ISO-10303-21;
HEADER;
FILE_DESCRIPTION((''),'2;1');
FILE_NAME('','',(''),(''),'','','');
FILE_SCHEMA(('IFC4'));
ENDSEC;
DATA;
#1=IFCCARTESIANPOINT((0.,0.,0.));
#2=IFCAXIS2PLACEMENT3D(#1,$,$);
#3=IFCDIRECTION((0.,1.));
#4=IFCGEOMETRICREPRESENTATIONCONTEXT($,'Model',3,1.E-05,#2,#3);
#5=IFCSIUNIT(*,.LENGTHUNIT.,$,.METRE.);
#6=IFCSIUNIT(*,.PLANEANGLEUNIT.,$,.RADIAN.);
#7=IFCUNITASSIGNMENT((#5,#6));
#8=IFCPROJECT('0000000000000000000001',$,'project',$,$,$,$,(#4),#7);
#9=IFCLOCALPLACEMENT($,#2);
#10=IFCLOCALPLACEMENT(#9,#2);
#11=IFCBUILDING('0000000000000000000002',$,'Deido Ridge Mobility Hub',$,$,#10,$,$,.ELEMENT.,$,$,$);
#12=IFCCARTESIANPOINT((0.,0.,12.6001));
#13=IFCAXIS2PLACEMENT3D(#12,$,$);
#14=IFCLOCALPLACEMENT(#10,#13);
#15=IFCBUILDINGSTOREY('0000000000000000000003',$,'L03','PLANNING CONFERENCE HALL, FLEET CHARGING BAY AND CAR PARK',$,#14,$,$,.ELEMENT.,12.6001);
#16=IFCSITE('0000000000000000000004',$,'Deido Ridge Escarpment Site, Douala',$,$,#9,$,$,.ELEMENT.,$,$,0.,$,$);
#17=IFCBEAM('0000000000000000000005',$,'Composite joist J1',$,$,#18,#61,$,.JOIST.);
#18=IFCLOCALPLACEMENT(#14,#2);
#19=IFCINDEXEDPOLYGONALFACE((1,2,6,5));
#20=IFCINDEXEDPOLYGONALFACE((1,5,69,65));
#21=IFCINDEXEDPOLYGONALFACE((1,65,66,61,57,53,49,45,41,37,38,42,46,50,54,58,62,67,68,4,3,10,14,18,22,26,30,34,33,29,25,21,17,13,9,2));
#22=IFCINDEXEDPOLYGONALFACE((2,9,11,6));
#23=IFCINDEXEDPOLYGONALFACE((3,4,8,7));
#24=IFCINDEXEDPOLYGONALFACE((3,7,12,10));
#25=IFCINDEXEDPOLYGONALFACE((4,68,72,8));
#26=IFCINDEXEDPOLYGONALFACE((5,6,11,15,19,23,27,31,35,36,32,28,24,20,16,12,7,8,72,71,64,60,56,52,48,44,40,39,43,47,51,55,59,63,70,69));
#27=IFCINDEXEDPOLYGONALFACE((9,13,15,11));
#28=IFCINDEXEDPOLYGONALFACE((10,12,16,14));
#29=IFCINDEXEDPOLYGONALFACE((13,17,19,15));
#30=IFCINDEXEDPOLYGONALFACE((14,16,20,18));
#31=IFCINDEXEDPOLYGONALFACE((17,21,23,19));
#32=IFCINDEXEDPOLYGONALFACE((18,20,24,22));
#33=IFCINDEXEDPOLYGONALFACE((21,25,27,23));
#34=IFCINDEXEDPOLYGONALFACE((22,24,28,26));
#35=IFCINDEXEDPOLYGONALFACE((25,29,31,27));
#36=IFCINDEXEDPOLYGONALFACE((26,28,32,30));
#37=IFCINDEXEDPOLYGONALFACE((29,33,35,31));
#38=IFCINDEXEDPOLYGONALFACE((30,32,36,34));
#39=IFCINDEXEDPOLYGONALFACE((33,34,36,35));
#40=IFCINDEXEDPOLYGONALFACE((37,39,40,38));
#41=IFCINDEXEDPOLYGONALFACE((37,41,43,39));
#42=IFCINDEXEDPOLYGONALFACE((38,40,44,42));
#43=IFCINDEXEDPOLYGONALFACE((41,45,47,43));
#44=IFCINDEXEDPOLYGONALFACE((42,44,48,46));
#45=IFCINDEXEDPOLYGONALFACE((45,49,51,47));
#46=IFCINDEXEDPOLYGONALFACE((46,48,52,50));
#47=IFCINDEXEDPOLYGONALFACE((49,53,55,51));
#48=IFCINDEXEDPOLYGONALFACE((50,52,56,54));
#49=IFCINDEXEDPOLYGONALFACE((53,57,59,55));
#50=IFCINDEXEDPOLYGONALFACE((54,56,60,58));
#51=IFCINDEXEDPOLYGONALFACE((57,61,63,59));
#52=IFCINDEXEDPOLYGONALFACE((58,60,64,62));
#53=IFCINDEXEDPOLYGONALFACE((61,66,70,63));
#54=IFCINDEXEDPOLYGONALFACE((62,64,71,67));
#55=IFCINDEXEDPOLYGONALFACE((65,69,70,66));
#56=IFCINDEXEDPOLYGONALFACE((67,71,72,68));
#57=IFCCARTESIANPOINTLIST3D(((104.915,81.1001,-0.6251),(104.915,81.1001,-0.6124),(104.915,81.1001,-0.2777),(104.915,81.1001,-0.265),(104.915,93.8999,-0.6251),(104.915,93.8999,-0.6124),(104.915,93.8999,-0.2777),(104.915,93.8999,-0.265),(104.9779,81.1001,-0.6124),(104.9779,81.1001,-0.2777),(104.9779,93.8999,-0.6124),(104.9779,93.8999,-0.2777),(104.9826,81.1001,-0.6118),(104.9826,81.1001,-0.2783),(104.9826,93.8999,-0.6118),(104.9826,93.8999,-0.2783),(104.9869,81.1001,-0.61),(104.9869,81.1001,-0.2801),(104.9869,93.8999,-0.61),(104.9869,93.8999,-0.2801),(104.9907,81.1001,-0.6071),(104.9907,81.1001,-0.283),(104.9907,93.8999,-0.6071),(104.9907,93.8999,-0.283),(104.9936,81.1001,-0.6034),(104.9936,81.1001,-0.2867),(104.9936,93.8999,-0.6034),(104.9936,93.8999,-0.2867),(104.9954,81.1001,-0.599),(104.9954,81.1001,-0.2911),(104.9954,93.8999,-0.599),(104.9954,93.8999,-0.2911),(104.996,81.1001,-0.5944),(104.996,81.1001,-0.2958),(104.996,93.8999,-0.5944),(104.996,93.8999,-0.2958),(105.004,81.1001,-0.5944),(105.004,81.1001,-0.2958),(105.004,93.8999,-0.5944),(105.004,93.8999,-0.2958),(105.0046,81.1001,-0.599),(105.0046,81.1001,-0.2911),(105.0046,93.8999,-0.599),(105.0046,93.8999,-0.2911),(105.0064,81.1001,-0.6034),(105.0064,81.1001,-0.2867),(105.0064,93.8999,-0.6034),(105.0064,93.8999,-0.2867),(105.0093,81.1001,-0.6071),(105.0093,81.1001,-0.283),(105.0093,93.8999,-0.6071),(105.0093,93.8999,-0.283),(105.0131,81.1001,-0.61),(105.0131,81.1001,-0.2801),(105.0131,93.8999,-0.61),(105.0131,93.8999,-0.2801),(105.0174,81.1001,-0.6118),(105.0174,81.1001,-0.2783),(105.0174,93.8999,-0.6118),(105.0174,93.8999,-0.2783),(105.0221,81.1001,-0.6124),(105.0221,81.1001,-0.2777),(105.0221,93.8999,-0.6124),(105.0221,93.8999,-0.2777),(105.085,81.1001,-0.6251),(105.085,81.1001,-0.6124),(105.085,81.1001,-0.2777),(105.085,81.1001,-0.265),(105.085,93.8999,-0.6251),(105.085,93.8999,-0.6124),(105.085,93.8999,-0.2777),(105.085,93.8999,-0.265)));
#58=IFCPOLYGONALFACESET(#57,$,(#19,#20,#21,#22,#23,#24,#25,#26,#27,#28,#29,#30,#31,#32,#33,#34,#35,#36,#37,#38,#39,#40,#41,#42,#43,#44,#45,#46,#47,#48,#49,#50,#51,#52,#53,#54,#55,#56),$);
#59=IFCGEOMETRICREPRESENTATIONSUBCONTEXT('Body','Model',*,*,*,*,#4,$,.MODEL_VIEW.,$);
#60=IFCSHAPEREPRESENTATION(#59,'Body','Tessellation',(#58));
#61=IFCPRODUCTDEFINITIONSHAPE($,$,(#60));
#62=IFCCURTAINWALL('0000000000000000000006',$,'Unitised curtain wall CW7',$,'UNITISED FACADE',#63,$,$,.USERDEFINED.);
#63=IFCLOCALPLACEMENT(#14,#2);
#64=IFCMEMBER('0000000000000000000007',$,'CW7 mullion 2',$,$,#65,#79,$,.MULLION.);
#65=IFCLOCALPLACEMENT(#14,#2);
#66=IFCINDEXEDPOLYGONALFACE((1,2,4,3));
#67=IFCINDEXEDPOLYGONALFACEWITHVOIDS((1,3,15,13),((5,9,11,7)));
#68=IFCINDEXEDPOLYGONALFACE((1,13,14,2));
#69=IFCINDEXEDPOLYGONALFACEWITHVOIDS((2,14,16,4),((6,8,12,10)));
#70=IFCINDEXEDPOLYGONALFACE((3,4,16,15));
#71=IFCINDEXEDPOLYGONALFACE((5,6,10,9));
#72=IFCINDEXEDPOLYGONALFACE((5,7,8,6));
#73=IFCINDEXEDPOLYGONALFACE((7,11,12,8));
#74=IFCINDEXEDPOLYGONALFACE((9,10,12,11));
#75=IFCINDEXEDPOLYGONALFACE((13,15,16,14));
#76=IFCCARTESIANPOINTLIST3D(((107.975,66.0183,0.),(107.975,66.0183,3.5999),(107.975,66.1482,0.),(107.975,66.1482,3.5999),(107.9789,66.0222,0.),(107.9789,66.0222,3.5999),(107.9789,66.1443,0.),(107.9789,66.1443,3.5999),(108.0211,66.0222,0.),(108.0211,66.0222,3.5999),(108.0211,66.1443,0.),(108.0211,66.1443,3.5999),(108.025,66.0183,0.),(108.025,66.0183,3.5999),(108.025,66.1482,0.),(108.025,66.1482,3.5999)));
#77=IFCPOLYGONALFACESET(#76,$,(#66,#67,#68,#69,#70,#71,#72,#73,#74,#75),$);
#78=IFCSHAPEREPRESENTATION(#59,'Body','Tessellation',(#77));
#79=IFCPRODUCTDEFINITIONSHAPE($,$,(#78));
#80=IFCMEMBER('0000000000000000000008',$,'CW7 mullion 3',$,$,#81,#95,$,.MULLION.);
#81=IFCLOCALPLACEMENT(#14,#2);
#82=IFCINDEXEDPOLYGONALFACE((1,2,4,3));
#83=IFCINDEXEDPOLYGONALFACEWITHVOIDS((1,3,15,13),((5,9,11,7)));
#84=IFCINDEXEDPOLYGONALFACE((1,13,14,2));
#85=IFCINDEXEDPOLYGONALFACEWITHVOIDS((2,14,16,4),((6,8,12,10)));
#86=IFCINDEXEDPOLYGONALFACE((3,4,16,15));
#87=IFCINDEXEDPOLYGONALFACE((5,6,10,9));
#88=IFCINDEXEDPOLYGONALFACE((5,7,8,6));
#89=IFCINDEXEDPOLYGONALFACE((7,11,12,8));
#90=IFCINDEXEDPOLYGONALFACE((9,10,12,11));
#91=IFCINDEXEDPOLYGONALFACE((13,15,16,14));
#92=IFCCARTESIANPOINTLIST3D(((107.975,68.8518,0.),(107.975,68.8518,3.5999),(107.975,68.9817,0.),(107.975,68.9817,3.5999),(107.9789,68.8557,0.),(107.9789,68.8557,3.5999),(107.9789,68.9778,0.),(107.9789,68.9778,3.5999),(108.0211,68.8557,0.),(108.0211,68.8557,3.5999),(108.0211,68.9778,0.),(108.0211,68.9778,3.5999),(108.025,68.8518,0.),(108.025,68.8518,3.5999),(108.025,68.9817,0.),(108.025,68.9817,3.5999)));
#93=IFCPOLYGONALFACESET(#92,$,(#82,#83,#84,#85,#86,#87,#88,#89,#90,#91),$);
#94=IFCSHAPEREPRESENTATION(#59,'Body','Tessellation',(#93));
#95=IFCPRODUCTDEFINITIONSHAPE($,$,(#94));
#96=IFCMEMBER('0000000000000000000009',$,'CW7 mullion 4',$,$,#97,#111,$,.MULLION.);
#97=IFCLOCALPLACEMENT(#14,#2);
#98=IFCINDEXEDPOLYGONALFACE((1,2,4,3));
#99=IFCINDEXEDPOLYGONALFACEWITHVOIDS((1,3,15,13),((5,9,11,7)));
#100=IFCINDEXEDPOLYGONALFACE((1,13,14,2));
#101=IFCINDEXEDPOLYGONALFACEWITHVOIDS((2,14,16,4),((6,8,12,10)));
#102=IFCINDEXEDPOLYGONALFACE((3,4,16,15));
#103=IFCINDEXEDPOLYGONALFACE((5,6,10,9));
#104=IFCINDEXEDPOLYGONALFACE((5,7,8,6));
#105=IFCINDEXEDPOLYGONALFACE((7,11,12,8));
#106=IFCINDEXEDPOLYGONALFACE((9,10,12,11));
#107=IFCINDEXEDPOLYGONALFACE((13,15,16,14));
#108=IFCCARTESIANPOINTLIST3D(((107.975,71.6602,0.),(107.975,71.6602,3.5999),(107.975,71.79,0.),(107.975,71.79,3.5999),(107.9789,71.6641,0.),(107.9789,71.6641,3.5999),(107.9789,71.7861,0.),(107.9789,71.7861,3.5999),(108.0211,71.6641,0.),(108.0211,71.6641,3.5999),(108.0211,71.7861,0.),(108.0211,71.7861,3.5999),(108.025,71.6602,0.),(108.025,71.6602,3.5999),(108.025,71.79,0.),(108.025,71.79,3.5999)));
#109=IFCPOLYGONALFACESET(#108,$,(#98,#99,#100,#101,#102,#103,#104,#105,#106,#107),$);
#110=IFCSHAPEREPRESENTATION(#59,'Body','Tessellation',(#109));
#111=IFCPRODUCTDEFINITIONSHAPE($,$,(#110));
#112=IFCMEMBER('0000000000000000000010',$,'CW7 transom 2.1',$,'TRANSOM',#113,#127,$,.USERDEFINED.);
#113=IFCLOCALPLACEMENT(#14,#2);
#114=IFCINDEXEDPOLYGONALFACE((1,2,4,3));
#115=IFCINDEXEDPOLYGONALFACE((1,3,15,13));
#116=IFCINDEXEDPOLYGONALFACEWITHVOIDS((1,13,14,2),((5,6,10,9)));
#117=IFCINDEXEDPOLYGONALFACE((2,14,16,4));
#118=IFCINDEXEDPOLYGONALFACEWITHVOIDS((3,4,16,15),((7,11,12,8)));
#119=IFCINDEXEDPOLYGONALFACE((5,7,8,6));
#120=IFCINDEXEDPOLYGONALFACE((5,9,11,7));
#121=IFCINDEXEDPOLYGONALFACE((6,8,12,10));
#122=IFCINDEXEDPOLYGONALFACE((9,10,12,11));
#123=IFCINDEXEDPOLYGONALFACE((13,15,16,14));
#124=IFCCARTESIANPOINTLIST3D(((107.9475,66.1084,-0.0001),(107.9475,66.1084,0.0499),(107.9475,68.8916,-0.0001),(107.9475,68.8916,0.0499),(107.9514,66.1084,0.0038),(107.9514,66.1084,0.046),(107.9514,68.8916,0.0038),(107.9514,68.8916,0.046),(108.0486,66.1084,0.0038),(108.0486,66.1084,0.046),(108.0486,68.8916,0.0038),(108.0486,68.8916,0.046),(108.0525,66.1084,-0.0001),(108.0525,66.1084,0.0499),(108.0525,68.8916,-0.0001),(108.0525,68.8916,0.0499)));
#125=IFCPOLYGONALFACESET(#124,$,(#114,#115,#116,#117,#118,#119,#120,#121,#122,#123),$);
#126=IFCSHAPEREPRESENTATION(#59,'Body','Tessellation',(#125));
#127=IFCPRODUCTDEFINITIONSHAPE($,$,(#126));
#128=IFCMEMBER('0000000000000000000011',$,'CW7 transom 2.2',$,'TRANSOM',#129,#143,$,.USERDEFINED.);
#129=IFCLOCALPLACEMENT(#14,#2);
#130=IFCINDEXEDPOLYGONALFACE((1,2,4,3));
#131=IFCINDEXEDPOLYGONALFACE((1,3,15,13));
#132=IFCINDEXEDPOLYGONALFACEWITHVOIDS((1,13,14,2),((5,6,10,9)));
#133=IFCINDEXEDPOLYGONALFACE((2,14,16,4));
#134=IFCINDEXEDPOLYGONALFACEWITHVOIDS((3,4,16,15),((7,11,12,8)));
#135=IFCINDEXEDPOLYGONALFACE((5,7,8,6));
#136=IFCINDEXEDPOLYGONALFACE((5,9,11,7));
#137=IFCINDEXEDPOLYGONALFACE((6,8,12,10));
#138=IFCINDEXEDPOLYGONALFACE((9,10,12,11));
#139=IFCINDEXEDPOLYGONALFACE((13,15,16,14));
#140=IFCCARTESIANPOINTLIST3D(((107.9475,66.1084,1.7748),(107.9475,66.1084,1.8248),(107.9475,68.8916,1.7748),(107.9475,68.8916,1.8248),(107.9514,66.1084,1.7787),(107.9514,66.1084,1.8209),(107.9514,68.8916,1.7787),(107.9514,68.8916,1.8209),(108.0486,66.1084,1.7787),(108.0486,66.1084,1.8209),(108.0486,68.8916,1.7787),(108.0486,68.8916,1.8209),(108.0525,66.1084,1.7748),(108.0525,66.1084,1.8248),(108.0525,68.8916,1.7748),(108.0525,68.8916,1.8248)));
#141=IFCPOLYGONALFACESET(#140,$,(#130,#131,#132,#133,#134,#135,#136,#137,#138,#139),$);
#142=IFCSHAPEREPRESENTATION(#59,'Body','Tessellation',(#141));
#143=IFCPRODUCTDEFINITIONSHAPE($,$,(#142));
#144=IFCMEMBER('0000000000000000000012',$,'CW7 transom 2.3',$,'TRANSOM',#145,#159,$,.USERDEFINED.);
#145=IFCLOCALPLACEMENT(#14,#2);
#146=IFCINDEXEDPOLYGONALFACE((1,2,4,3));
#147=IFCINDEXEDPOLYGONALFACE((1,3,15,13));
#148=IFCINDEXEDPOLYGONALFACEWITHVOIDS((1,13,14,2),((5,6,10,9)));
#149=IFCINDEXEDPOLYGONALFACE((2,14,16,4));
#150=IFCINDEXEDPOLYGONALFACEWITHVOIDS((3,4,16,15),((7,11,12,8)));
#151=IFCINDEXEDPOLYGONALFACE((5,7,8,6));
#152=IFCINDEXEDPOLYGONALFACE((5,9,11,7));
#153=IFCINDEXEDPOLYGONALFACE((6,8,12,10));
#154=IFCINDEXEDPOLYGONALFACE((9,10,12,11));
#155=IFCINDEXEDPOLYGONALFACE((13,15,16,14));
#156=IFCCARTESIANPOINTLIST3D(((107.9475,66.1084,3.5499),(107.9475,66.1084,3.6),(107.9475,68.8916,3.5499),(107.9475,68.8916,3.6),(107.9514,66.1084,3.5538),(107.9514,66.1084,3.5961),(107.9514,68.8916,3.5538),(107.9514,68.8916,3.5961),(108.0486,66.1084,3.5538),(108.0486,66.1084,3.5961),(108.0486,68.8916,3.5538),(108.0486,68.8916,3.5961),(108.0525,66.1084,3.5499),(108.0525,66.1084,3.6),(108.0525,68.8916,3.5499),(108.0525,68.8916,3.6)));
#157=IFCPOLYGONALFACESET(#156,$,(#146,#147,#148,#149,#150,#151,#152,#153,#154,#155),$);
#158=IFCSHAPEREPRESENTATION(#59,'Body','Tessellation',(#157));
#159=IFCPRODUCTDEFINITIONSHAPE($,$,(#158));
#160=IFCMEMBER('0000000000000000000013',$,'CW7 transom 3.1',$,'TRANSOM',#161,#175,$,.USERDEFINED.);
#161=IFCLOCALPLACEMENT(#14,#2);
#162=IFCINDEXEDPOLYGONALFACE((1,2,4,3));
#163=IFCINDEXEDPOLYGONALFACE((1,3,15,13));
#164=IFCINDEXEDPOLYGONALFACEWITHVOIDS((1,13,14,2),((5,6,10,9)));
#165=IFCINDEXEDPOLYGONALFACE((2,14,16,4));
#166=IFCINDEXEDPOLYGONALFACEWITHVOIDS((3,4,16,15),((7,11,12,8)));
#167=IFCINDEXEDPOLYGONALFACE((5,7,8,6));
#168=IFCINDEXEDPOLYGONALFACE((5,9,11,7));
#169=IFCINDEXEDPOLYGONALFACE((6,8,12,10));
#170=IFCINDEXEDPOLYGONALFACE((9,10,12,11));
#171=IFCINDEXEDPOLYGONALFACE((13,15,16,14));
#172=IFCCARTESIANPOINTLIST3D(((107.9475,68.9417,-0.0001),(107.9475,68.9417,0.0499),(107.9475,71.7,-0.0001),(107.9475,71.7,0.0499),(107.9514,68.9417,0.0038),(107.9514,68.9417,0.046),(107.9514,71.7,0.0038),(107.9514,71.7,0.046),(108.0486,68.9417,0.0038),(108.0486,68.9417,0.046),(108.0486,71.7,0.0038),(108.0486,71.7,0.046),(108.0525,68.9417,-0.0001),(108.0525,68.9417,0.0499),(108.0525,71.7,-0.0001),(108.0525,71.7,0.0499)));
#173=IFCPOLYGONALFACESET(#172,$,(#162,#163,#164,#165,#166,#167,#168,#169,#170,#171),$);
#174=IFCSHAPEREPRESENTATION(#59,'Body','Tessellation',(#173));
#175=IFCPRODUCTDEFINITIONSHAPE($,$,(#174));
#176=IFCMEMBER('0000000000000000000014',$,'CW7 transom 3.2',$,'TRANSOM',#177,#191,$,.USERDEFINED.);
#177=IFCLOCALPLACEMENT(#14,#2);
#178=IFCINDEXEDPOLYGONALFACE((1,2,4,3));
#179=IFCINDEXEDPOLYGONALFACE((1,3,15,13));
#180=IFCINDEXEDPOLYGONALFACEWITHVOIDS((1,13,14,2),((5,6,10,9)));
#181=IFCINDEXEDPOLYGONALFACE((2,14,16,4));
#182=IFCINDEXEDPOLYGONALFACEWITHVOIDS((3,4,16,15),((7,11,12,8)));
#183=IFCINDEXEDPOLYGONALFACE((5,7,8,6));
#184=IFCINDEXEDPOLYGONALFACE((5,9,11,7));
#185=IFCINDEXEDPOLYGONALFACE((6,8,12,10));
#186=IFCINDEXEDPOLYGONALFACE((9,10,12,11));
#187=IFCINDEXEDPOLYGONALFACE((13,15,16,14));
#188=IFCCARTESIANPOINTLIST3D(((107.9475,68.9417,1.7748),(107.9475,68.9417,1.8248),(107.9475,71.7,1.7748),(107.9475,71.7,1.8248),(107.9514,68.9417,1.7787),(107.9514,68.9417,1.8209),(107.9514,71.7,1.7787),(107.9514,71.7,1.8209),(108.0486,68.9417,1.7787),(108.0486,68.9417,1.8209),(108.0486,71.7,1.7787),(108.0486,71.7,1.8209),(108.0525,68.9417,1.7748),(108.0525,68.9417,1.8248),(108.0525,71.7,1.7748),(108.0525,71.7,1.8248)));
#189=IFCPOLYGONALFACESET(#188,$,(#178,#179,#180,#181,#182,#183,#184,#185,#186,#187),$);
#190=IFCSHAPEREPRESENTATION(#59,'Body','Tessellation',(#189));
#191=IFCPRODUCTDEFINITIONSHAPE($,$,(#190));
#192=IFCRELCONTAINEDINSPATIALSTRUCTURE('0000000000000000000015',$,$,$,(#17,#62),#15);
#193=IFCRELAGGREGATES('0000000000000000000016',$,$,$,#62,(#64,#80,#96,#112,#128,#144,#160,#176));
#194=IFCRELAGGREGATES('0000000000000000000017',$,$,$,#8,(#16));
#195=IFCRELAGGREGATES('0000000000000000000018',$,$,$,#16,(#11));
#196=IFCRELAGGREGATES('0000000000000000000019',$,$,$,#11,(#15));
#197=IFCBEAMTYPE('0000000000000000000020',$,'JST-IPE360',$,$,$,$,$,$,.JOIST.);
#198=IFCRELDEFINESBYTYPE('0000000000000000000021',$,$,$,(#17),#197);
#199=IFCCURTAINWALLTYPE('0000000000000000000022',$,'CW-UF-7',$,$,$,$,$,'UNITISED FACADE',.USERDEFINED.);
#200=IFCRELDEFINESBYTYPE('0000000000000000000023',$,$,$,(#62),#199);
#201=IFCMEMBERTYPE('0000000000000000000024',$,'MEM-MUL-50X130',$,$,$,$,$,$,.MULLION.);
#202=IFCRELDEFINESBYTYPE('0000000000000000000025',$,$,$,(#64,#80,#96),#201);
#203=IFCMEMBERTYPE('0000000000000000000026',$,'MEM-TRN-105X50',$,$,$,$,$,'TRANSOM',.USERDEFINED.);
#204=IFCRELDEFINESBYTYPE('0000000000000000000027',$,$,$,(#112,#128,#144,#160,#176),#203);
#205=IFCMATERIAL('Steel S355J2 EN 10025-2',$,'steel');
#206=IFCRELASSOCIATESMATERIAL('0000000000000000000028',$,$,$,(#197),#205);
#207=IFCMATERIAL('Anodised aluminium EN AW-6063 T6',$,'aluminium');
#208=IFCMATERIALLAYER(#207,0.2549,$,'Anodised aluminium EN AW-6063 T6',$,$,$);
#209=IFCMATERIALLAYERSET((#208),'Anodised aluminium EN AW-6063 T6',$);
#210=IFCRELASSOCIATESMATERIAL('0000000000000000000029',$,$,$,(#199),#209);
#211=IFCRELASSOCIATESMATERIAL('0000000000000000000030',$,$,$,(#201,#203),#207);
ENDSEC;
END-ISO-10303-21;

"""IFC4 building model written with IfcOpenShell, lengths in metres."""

from ifc_helpers import new_model, si_unit, direction, frame, origin, origin_2d, place, context, subcontext, project, spatial, hollow_rectangle, i_section, extrude, material, layer, layer_set, material_profile, profile_set, type_object, element, aggregate, save


model = new_model("IFC4")

# Units and contexts
model_context = context("Model", 3, precision=1e-05, world=origin(), true_north=direction((0.0, 1.0)))
body_context = subcontext(model_context, "Body", "Model", "MODEL_VIEW")
ifc_project = project(units=[si_unit("LENGTHUNIT", "METRE"), si_unit("PLANEANGLEUNIT", "RADIAN")], contexts=[model_context])

# Site, building, storey
site_placement = place(None, origin())
site = spatial("IfcSite", under=ifc_project, at=site_placement, Name="Deido Ridge Escarpment Site, Douala", CompositionType="ELEMENT", RefElevation=0.0)
building_placement = place(site_placement, origin())
building = spatial("IfcBuilding", under=site, at=building_placement, Name="Deido Ridge Mobility Hub", CompositionType="ELEMENT")
storey_placement = place(building_placement, frame((0.0, 0.0, 12.6001)))
storey = spatial("IfcBuildingStorey", under=building, at=storey_placement, Name="L03", Description="PLANNING CONFERENCE HALL, FLEET CHARGING BAY AND CAR PARK", CompositionType="ELEMENT", Elevation=12.6001)

# Shared definitions
ifc_material_1 = material(Name="Steel S355J2 EN 10025-2", Category="steel")

# Beam
ifc_material_profile_1 = material_profile(ifc_material_1, i_section(OverallWidth=0.1699, OverallDepth=0.3601, WebThickness=0.0081, FlangeThickness=0.0127, FilletRadius=0.0181, at=origin_2d()), Name="IPE 360")
ifc_profile_set_1 = profile_set([ifc_material_profile_1], Name="Steel S355J2 EN 10025-2")
beam_type_1 = type_object("IfcBeamType", Name="JST-IPE360", PredefinedType="JOIST", material=ifc_profile_set_1)
beam_1_placement = place(storey_placement, frame((105.0, 81.1001, -0.4451), z_axis=(0.0, 1.0, 0.0), x_axis=(-1.0, 0.0, 0.0)))
element("IfcBeam", 1, at=beam_1_placement, inside=storey, type_object=beam_type_1, Name="Composite joist J1", PredefinedType="JOIST", context=body_context, shape_type="SweptSolid", body=[
    extrude(i_section(OverallWidth=0.1699, OverallDepth=0.3601, WebThickness=0.0081, FlangeThickness=0.0127, FilletRadius=0.0181, at=origin_2d()), origin(), (0.0, 0.0, 1.0), 12.7998),
])

# Curtain wall, members
ifc_material_2 = material(Name="Anodised aluminium EN AW-6063 T6", Category="aluminium")
ifc_layer_1 = layer(ifc_material_2, 0.2549, Name="Anodised aluminium EN AW-6063 T6")
ifc_layer_set_1 = layer_set([ifc_layer_1], Name="Anodised aluminium EN AW-6063 T6")
curtain_wall_type = type_object("IfcCurtainWallType", Name="CW-UF-7", ElementType="UNITISED FACADE", PredefinedType="USERDEFINED", material=ifc_layer_set_1)
curtain_wall_placement = place(storey_placement, origin())
curtain_wall = element("IfcCurtainWall", 2, at=curtain_wall_placement, inside=storey, type_object=curtain_wall_type, Name="Unitised curtain wall CW7", ObjectType="UNITISED FACADE", PredefinedType="USERDEFINED")
ifc_material_profile_2 = material_profile(ifc_material_2, hollow_rectangle(XDim=0.05, YDim=0.1299, WallThickness=0.0039, at=origin_2d()), Name="RHS 50x130x4")
ifc_profile_set_2 = profile_set([ifc_material_profile_2], Name="Anodised aluminium EN AW-6063 T6")
member_type_1 = type_object("IfcMemberType", Name="MEM-MUL-50X130", PredefinedType="MULLION", material=ifc_profile_set_2)
member_1_placement = place(storey_placement, frame((108.0, 66.0833, 0.0), z_axis=(0.0, 0.0, 1.0), x_axis=(-1.0, 0.0, 0.0)))
member_1 = element("IfcMember", 3, at=member_1_placement, type_object=member_type_1, Name="CW7 mullion 2", PredefinedType="MULLION", context=body_context, shape_type="SweptSolid", body=[
    extrude(hollow_rectangle(XDim=0.05, YDim=0.1299, WallThickness=0.0039, at=origin_2d()), origin(), (0.0, 0.0, 1.0), 3.5999),
])
member_2_placement = place(storey_placement, frame((108.0, 68.9167, 0.0), z_axis=(0.0, 0.0, 1.0), x_axis=(-1.0, 0.0, 0.0)))
member_2 = element("IfcMember", 4, at=member_2_placement, type_object=member_type_1, Name="CW7 mullion 3", PredefinedType="MULLION", context=body_context, shape_type="SweptSolid", body=[
    extrude(hollow_rectangle(XDim=0.05, YDim=0.1299, WallThickness=0.0039, at=origin_2d()), origin(), (0.0, 0.0, 1.0), 3.5999),
])
member_3_placement = place(storey_placement, frame((108.0, 71.7251, 0.0), z_axis=(0.0, 0.0, 1.0), x_axis=(-1.0, 0.0, 0.0)))
member_3 = element("IfcMember", 5, at=member_3_placement, type_object=member_type_1, Name="CW7 mullion 4", PredefinedType="MULLION", context=body_context, shape_type="SweptSolid", body=[
    extrude(hollow_rectangle(XDim=0.05, YDim=0.1299, WallThickness=0.0039, at=origin_2d()), origin(), (0.0, 0.0, 1.0), 3.5999),
])
ifc_material_profile_3 = material_profile(ifc_material_2, hollow_rectangle(XDim=0.105, YDim=0.05, WallThickness=0.0039, at=origin_2d()), Name="RHS 105x50x4")
ifc_profile_set_3 = profile_set([ifc_material_profile_3], Name="Anodised aluminium EN AW-6063 T6")
member_type_2 = type_object("IfcMemberType", Name="MEM-TRN-105X50", ElementType="TRANSOM", PredefinedType="USERDEFINED", material=ifc_profile_set_3)
member_4_placement = place(storey_placement, frame((108.0, 66.1084, 0.0249), z_axis=(0.0, 1.0, 0.0), x_axis=(-1.0, 0.0, 0.0)))
member_4 = element("IfcMember", 6, at=member_4_placement, type_object=member_type_2, Name="CW7 transom 2.1", ObjectType="TRANSOM", PredefinedType="USERDEFINED", context=body_context, shape_type="SweptSolid", body=[
    extrude(hollow_rectangle(XDim=0.105, YDim=0.05, WallThickness=0.0039, at=origin_2d()), origin(), (0.0, 0.0, 1.0), 2.7832),
])
member_5_placement = place(storey_placement, frame((108.0, 66.1084, 1.7998), z_axis=(0.0, 1.0, 0.0), x_axis=(-1.0, 0.0, 0.0)))
member_5 = element("IfcMember", 7, at=member_5_placement, type_object=member_type_2, Name="CW7 transom 2.2", ObjectType="TRANSOM", PredefinedType="USERDEFINED", context=body_context, shape_type="SweptSolid", body=[
    extrude(hollow_rectangle(XDim=0.105, YDim=0.05, WallThickness=0.0039, at=origin_2d()), origin(), (0.0, 0.0, 1.0), 2.7832),
])
member_6_placement = place(storey_placement, frame((108.0, 66.1084, 3.575), z_axis=(0.0, 1.0, 0.0), x_axis=(-1.0, 0.0, 0.0)))
member_6 = element("IfcMember", 8, at=member_6_placement, type_object=member_type_2, Name="CW7 transom 2.3", ObjectType="TRANSOM", PredefinedType="USERDEFINED", context=body_context, shape_type="SweptSolid", body=[
    extrude(hollow_rectangle(XDim=0.105, YDim=0.05, WallThickness=0.0039, at=origin_2d()), origin(), (0.0, 0.0, 1.0), 2.7832),
])
member_7_placement = place(storey_placement, frame((108.0, 68.9417, 0.0249), z_axis=(0.0, 1.0, 0.0), x_axis=(-1.0, 0.0, 0.0)))
member_7 = element("IfcMember", 9, at=member_7_placement, type_object=member_type_2, Name="CW7 transom 3.1", ObjectType="TRANSOM", PredefinedType="USERDEFINED", context=body_context, shape_type="SweptSolid", body=[
    extrude(hollow_rectangle(XDim=0.105, YDim=0.05, WallThickness=0.0039, at=origin_2d()), origin(), (0.0, 0.0, 1.0), 2.7583),
])
member_8_placement = place(storey_placement, frame((108.0, 68.9417, 1.7998), z_axis=(0.0, 1.0, 0.0), x_axis=(-1.0, 0.0, 0.0)))
member_8 = element("IfcMember", 10, at=member_8_placement, type_object=member_type_2, Name="CW7 transom 3.2", ObjectType="TRANSOM", PredefinedType="USERDEFINED", context=body_context, shape_type="SweptSolid", body=[
    extrude(hollow_rectangle(XDim=0.105, YDim=0.05, WallThickness=0.0039, at=origin_2d()), origin(), (0.0, 0.0, 1.0), 2.7583),
])

aggregate(curtain_wall, [member_1, member_2, member_3, member_4, member_5, member_6, member_7, member_8])

save(model, "model.ifc")
